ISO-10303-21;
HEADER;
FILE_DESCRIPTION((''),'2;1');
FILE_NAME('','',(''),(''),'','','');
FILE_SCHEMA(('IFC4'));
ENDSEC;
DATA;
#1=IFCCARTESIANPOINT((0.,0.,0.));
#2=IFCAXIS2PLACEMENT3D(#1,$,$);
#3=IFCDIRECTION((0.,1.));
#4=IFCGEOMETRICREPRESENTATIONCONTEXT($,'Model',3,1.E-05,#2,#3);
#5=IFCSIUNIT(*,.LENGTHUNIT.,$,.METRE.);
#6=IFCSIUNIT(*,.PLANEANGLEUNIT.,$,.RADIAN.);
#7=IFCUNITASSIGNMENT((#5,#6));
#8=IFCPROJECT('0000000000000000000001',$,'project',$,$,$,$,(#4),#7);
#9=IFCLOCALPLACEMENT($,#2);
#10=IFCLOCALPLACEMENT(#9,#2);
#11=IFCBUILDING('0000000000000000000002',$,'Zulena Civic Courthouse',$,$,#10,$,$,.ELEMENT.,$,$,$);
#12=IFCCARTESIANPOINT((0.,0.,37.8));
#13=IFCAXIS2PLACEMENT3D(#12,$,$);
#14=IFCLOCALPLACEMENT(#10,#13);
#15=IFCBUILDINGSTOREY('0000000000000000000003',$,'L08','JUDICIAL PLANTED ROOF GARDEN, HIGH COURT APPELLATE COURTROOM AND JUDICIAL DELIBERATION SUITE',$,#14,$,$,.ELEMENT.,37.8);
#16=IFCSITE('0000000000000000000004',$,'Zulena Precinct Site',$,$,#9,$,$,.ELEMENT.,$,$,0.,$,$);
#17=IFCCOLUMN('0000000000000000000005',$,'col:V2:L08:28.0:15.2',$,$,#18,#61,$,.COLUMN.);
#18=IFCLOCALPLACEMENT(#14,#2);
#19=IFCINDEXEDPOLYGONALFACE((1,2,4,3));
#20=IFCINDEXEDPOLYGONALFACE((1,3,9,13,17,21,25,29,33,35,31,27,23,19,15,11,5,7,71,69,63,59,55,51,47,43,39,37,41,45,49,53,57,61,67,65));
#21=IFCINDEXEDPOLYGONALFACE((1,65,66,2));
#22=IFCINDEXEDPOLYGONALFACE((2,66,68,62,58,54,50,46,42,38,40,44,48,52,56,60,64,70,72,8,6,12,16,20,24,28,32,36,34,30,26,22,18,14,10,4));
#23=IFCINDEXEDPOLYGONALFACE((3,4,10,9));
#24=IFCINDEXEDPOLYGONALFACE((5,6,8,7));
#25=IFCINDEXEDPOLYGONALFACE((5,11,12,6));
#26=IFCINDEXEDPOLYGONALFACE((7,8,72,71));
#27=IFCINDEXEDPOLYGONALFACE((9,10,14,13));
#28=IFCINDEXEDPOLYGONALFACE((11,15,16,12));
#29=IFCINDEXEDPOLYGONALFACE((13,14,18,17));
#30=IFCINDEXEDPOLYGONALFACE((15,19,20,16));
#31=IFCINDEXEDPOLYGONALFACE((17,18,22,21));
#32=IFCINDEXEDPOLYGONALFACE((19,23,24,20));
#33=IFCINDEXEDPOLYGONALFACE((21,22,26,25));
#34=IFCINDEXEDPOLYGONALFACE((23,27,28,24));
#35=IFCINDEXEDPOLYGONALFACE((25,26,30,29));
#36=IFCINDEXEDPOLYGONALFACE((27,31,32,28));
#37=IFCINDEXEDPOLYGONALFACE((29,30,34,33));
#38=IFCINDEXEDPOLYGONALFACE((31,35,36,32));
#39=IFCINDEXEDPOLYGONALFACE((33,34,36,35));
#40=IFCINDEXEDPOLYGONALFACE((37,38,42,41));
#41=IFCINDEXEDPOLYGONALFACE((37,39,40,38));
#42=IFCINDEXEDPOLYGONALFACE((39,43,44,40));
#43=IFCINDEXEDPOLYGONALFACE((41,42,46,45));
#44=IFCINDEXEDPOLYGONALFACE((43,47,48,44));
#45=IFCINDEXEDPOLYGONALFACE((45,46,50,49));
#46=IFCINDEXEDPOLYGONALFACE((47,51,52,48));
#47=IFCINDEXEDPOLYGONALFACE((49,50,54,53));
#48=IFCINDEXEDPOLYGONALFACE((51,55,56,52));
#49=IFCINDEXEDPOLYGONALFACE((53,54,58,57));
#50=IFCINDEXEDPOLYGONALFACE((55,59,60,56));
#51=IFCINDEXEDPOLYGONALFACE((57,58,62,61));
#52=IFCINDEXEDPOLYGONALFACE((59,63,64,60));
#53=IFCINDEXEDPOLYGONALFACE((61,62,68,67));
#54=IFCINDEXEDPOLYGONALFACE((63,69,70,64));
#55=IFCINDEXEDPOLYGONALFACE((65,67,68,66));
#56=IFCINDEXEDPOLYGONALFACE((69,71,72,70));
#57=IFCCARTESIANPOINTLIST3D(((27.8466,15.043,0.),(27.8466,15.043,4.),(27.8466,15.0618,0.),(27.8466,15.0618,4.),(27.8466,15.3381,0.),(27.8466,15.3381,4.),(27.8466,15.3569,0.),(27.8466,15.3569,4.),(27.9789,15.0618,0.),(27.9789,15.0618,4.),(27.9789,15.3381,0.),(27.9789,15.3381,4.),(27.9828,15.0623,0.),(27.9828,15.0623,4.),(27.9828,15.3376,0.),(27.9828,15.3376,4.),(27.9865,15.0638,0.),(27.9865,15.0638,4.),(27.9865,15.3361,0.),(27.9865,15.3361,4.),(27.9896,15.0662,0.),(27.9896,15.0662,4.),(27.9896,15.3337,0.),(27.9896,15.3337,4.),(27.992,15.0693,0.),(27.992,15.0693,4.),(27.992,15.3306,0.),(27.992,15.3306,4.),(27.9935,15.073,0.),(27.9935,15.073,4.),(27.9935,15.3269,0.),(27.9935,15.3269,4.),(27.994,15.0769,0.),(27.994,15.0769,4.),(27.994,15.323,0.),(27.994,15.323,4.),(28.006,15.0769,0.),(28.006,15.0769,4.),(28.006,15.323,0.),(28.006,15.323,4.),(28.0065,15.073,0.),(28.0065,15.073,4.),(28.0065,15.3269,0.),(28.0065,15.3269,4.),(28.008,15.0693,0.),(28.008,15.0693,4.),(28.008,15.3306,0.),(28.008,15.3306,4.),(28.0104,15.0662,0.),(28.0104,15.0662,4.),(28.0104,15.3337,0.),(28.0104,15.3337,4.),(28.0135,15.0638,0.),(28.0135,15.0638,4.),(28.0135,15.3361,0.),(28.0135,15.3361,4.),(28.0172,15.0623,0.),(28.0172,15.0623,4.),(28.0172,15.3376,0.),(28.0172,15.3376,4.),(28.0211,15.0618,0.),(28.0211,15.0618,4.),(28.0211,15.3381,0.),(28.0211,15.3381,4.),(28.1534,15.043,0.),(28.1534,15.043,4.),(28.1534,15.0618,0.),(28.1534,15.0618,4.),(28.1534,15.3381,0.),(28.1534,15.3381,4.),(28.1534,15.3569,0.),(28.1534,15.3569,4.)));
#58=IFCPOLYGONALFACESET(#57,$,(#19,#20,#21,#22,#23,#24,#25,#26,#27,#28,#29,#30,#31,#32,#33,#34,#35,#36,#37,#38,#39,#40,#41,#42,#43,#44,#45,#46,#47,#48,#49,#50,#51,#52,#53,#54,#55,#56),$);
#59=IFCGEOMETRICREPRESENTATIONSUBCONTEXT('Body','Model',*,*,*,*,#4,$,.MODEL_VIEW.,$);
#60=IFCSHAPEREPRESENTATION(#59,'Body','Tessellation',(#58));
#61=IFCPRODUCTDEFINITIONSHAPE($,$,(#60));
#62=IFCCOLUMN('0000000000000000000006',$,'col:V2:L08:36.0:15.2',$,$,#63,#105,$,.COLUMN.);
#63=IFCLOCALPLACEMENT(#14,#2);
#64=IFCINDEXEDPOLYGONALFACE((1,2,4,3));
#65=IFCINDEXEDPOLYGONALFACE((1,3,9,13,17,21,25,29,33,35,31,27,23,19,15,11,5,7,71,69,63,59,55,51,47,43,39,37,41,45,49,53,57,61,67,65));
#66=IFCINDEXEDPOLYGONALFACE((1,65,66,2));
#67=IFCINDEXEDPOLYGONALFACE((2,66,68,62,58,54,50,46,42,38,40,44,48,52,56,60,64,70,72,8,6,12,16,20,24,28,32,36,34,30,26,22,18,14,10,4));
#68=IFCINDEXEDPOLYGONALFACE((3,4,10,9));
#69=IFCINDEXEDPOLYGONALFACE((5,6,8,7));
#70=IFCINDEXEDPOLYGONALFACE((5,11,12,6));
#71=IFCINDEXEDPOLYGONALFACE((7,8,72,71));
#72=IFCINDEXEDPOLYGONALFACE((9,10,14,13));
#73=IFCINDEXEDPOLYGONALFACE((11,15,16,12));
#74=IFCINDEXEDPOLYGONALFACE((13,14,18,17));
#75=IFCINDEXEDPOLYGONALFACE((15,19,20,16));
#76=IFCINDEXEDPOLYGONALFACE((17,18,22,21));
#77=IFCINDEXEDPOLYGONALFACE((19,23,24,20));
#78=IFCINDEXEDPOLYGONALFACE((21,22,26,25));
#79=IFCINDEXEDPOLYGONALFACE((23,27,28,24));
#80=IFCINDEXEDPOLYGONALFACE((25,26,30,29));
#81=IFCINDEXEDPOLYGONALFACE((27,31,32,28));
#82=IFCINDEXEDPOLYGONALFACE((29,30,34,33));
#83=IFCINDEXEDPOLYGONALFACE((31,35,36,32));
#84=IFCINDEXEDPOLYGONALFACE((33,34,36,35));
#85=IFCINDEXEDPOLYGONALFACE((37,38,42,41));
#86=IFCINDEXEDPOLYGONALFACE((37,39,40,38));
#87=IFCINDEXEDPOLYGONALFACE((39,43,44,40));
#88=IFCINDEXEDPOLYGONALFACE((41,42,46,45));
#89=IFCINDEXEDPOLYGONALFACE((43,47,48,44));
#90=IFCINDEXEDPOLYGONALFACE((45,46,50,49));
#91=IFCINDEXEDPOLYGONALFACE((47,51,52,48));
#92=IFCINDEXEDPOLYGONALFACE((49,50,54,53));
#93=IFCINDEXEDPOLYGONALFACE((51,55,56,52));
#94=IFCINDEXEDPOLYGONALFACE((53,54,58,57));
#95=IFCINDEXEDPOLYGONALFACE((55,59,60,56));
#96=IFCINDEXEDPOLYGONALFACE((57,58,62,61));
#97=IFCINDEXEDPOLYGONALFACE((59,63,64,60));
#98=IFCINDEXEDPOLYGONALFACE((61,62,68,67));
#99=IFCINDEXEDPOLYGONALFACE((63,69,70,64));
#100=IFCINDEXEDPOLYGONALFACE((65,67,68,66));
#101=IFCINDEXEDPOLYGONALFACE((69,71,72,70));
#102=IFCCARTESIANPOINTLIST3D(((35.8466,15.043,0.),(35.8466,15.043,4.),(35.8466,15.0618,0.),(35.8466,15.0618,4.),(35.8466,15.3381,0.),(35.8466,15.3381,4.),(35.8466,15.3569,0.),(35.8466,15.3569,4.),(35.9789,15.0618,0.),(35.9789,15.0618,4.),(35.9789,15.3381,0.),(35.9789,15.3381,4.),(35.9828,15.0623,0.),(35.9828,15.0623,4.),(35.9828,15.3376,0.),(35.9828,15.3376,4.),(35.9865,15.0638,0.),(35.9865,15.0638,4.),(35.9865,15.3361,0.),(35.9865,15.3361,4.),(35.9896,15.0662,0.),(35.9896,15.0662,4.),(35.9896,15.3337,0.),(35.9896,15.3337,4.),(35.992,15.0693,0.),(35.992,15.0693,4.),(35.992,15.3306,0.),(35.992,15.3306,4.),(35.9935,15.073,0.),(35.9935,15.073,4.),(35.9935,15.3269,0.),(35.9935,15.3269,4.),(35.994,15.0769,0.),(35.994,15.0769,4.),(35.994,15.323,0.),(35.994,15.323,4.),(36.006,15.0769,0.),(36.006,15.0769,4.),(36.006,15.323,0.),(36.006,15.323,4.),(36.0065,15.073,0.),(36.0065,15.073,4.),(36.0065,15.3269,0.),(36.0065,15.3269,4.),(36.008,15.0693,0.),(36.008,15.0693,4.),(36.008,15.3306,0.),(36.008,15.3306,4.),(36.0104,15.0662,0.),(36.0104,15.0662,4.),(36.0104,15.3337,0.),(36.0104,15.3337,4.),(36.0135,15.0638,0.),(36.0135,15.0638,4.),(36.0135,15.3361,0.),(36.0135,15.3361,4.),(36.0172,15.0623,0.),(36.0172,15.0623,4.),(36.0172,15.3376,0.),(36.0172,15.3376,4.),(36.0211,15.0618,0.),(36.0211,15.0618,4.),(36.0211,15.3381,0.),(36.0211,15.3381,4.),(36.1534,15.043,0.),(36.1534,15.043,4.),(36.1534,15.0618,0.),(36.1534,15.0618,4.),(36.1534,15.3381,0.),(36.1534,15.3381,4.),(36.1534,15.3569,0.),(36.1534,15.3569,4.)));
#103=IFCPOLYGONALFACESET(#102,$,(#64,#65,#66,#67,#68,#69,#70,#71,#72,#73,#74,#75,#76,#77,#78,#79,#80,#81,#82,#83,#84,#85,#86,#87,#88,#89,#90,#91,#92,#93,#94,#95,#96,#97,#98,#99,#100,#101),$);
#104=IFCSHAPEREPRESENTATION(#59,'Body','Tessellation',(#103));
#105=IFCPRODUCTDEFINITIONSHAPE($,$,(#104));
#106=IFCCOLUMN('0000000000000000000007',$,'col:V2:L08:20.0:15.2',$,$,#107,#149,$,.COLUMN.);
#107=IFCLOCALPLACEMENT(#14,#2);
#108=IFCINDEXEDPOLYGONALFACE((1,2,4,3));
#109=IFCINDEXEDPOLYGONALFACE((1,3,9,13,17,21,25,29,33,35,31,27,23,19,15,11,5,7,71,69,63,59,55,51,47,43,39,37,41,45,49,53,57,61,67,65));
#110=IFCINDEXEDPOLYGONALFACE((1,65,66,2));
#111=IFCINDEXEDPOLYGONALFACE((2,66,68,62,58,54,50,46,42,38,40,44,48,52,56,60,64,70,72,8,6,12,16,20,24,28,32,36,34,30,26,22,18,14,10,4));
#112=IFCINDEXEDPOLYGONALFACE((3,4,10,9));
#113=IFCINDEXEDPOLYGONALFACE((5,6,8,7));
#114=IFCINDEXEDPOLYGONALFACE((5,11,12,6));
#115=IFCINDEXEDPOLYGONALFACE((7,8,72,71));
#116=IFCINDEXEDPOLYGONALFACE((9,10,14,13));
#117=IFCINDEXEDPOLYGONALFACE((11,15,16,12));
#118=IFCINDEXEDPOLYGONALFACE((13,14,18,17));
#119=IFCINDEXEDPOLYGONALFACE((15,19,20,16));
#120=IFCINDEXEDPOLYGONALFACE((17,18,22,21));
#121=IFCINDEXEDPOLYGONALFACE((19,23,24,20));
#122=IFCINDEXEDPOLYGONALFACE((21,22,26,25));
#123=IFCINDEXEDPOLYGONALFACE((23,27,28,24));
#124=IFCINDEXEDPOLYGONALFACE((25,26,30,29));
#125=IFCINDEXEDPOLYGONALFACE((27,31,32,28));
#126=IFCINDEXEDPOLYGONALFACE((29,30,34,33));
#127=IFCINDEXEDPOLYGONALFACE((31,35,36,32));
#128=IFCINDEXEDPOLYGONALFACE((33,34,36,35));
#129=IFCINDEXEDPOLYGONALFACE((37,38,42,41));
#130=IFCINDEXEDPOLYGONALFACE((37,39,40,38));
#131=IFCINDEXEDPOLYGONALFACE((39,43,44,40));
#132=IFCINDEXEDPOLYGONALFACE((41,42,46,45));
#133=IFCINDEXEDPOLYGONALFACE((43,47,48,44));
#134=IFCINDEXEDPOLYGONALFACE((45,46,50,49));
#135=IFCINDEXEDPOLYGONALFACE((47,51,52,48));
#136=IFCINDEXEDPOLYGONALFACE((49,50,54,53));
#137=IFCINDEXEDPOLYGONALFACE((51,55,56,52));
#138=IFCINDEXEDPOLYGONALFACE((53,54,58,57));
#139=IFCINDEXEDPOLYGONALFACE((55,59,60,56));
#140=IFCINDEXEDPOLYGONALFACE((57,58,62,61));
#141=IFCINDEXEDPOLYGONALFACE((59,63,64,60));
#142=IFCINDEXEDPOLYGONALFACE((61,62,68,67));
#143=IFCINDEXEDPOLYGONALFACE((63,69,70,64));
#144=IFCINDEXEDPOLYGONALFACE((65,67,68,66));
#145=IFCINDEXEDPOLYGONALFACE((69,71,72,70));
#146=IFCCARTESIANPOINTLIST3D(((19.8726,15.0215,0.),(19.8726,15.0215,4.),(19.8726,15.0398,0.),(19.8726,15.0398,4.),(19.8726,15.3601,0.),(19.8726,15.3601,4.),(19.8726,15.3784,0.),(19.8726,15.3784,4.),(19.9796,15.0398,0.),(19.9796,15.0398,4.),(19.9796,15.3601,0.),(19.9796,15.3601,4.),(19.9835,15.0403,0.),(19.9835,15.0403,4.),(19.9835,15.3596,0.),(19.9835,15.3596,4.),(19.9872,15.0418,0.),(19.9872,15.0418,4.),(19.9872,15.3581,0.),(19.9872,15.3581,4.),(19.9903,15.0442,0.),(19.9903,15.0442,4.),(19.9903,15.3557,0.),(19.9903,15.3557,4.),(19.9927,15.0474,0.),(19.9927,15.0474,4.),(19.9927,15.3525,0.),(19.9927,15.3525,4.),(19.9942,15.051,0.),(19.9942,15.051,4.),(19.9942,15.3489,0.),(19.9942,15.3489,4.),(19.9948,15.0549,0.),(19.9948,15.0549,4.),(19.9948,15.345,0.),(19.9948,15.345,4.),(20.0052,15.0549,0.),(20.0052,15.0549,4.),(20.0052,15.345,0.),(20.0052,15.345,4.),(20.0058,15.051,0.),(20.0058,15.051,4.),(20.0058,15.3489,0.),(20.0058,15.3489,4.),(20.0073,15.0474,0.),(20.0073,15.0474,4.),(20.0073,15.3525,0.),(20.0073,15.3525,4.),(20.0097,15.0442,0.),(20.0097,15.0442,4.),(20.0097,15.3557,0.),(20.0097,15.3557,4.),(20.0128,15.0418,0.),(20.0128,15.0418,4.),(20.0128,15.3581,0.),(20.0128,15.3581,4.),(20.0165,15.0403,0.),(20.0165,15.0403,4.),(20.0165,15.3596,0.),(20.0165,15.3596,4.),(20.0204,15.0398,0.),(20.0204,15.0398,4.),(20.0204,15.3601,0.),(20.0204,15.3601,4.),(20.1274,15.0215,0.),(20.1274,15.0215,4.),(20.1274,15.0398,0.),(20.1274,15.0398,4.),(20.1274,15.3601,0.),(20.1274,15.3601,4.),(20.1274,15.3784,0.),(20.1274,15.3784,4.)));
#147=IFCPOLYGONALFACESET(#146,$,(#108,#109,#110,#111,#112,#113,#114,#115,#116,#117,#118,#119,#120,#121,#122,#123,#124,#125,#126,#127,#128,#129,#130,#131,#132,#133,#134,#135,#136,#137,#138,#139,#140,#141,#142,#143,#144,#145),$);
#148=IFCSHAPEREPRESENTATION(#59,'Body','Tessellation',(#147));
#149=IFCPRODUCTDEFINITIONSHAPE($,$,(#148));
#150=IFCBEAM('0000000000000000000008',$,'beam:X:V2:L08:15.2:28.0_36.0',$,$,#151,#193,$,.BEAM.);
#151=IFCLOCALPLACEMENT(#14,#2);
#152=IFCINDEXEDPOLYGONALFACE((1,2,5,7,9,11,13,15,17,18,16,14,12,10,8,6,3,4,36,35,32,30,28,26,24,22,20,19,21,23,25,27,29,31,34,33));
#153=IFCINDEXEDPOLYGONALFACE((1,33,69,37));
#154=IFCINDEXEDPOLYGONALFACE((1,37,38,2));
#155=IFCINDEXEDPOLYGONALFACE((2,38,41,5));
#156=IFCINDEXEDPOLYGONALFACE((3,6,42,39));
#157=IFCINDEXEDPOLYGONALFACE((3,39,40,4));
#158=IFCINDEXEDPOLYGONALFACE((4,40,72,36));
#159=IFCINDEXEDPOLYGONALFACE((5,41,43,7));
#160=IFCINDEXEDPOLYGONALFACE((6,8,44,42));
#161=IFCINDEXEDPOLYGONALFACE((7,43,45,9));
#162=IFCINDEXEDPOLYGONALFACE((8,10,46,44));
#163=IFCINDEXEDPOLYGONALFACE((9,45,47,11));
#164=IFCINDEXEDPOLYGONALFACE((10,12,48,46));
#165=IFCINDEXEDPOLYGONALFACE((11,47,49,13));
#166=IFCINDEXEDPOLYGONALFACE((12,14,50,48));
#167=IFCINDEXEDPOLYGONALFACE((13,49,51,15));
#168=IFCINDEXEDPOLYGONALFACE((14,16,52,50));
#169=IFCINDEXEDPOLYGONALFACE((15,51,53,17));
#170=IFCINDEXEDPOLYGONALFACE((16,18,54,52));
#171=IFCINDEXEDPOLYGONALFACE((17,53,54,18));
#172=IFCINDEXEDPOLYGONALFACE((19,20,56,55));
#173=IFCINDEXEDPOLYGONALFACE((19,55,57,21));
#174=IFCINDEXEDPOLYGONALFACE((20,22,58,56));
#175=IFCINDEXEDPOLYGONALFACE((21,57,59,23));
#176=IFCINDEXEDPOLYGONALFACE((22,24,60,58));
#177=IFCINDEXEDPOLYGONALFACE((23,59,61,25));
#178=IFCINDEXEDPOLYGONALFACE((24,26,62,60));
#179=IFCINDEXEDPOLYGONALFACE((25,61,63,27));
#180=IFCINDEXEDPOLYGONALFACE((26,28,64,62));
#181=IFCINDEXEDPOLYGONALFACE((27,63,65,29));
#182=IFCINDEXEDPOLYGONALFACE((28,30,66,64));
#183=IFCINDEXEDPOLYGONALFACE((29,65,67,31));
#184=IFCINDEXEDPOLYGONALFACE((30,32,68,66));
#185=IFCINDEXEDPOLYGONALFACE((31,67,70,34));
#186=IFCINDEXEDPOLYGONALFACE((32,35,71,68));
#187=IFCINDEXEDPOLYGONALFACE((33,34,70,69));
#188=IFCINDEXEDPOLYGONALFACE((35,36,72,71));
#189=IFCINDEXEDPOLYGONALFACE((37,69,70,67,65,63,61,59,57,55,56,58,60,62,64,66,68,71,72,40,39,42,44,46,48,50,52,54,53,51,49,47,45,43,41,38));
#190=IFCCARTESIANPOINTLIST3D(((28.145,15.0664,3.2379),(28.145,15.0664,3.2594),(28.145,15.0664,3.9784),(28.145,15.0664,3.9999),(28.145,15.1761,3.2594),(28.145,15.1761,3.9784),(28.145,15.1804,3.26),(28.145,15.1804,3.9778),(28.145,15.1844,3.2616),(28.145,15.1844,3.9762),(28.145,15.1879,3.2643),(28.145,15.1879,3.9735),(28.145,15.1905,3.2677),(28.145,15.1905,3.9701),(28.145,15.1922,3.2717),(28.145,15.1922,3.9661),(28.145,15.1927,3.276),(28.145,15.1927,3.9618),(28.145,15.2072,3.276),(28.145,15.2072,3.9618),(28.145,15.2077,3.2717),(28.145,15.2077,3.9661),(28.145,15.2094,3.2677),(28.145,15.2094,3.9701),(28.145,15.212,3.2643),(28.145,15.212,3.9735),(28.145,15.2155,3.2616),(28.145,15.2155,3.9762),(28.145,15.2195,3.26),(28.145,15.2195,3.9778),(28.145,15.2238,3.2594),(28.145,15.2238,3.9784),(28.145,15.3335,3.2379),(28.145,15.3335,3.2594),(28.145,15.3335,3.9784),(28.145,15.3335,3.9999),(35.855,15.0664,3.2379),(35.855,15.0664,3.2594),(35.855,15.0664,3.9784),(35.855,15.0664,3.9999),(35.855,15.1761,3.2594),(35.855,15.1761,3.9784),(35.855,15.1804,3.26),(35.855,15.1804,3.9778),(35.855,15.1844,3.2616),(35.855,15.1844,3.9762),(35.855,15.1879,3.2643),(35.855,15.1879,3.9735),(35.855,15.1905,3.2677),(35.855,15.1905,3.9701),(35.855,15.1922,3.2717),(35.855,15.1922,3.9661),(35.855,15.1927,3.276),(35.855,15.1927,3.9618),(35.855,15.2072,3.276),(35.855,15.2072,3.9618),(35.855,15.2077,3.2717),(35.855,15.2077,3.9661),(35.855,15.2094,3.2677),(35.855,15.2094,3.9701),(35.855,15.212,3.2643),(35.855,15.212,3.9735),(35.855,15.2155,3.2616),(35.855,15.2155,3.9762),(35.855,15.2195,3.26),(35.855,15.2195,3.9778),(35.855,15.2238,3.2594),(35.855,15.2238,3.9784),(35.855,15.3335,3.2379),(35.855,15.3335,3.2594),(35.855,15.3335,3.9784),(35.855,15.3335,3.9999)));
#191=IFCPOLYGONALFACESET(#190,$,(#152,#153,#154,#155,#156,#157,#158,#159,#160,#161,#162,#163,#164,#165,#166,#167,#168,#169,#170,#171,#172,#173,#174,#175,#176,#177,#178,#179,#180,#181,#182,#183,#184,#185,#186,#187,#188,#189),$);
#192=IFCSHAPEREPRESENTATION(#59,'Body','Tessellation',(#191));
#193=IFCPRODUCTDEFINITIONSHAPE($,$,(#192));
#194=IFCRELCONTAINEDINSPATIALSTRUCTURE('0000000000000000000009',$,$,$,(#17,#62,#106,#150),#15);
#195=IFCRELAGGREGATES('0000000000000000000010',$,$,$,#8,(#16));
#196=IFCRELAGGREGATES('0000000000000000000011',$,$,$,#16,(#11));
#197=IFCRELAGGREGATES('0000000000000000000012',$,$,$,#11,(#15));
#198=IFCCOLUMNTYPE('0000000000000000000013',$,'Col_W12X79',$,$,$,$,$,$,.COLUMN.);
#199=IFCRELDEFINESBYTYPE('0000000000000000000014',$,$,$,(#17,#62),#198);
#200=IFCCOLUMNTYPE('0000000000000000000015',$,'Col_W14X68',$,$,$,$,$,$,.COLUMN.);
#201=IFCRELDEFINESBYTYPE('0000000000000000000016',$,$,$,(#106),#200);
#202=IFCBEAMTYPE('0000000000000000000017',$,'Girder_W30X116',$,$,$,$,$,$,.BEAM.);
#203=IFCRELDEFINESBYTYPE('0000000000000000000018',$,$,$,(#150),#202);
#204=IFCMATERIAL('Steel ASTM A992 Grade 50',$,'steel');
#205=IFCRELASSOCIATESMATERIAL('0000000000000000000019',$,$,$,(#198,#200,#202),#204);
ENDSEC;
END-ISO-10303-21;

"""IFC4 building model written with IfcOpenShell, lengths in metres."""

from ifc_helpers import new_model, si_unit, direction, frame, origin, origin_2d, place, context, subcontext, project, spatial, i_section, extrude, material, material_profile, profile_set, type_object, element, save


model = new_model("IFC4")

# Units and contexts
model_context = context("Model", 3, precision=1e-05, world=origin(), true_north=direction((0.0, 1.0)))
body_context = subcontext(model_context, "Body", "Model", "MODEL_VIEW")
ifc_project = project(units=[si_unit("LENGTHUNIT", "METRE"), si_unit("PLANEANGLEUNIT", "RADIAN")], contexts=[model_context])

# Site, building, storey
site_placement = place(None, origin())
site = spatial("IfcSite", under=ifc_project, at=site_placement, Name="Zulena Precinct Site", CompositionType="ELEMENT", RefElevation=0.0)
building_placement = place(site_placement, origin())
building = spatial("IfcBuilding", under=site, at=building_placement, Name="Zulena Civic Courthouse", CompositionType="ELEMENT")
storey_placement = place(building_placement, frame((0.0, 0.0, 37.8)))
storey = spatial("IfcBuildingStorey", under=building, at=storey_placement, Name="L08", Description="JUDICIAL PLANTED ROOF GARDEN, HIGH COURT APPELLATE COURTROOM AND JUDICIAL DELIBERATION SUITE", CompositionType="ELEMENT", Elevation=37.8)

# Columns
ifc_material_1 = material(Name="Steel ASTM A992 Grade 50", Category="steel")
ifc_material_profile_1 = material_profile(ifc_material_1, i_section(OverallWidth=0.3069, OverallDepth=0.314, WebThickness=0.012, FlangeThickness=0.0188, FilletRadius=0.0151, at=origin_2d()), Name="W12X79")
ifc_profile_set_1 = profile_set([ifc_material_profile_1], Name="Steel ASTM A992 Grade 50")
column_type_1 = type_object("IfcColumnType", Name="Col_W12X79", PredefinedType="COLUMN", material=ifc_profile_set_1)
for number, where, z_axis, x_axis, name in (
    (1, (28.0, 15.2, 0.0), (0.0, 0.0, 1.0), (1.0, 0.0, 0.0), "col:V2:L08:28.0:15.2"),
    (2, (36.0, 15.2, 0.0), (0.0, 0.0, 1.0), (1.0, 0.0, 0.0), "col:V2:L08:36.0:15.2"),
):
    element("IfcColumn", number, at=place(storey_placement, frame(where, z_axis=z_axis, x_axis=x_axis)), inside=storey, type_object=column_type_1, Name=name, PredefinedType="COLUMN", context=body_context, shape_type="SweptSolid", body=[
        extrude(i_section(OverallWidth=0.3069, OverallDepth=0.314, WebThickness=0.012, FlangeThickness=0.0188, FilletRadius=0.0151, at=origin_2d()), origin(), (0.0, 0.0, 1.0), 4.0),
    ])
ifc_material_profile_2 = material_profile(ifc_material_1, i_section(OverallWidth=0.2549, OverallDepth=0.3569, WebThickness=0.0105, FlangeThickness=0.0183, FilletRadius=0.0151, at=origin_2d()), Name="W14X68")
ifc_profile_set_2 = profile_set([ifc_material_profile_2], Name="Steel ASTM A992 Grade 50")
column_type_2 = type_object("IfcColumnType", Name="Col_W14X68", PredefinedType="COLUMN", material=ifc_profile_set_2)
column_placement = place(storey_placement, frame((20.0, 15.2, 0.0), z_axis=(0.0, 0.0, 1.0), x_axis=(1.0, 0.0, 0.0)))
element("IfcColumn", 3, at=column_placement, inside=storey, type_object=column_type_2, Name="col:V2:L08:20.0:15.2", PredefinedType="COLUMN", context=body_context, shape_type="SweptSolid", body=[
    extrude(i_section(OverallWidth=0.2549, OverallDepth=0.3569, WebThickness=0.0105, FlangeThickness=0.0183, FilletRadius=0.0151, at=origin_2d()), origin(), (0.0, 0.0, 1.0), 4.0),
])

# Beam
ifc_material_profile_3 = material_profile(ifc_material_1, i_section(OverallWidth=0.2671, OverallDepth=0.762, WebThickness=0.0144, FlangeThickness=0.0215, FilletRadius=0.0166, at=origin_2d()), Name="W30X116")
ifc_profile_set_3 = profile_set([ifc_material_profile_3], Name="Steel ASTM A992 Grade 50")
beam_type_1 = type_object("IfcBeamType", Name="Girder_W30X116", PredefinedType="BEAM", material=ifc_profile_set_3)
for number, where, z_axis, x_axis, name in (
    (4, (28.145, 15.2, 3.6189), (1.0, 0.0, 0.0), (0.0, 1.0, 0.0), "beam:X:V2:L08:15.2:28.0_36.0"),
):
    element("IfcBeam", number, at=place(storey_placement, frame(where, z_axis=z_axis, x_axis=x_axis)), inside=storey, type_object=beam_type_1, Name=name, PredefinedType="BEAM", context=body_context, shape_type="SweptSolid", body=[
        extrude(i_section(OverallWidth=0.2671, OverallDepth=0.762, WebThickness=0.0144, FlangeThickness=0.0215, FilletRadius=0.0166, at=origin_2d()), origin(), (0.0, 0.0, 1.0), 7.71),
    ])

save(model, "model.ifc")
